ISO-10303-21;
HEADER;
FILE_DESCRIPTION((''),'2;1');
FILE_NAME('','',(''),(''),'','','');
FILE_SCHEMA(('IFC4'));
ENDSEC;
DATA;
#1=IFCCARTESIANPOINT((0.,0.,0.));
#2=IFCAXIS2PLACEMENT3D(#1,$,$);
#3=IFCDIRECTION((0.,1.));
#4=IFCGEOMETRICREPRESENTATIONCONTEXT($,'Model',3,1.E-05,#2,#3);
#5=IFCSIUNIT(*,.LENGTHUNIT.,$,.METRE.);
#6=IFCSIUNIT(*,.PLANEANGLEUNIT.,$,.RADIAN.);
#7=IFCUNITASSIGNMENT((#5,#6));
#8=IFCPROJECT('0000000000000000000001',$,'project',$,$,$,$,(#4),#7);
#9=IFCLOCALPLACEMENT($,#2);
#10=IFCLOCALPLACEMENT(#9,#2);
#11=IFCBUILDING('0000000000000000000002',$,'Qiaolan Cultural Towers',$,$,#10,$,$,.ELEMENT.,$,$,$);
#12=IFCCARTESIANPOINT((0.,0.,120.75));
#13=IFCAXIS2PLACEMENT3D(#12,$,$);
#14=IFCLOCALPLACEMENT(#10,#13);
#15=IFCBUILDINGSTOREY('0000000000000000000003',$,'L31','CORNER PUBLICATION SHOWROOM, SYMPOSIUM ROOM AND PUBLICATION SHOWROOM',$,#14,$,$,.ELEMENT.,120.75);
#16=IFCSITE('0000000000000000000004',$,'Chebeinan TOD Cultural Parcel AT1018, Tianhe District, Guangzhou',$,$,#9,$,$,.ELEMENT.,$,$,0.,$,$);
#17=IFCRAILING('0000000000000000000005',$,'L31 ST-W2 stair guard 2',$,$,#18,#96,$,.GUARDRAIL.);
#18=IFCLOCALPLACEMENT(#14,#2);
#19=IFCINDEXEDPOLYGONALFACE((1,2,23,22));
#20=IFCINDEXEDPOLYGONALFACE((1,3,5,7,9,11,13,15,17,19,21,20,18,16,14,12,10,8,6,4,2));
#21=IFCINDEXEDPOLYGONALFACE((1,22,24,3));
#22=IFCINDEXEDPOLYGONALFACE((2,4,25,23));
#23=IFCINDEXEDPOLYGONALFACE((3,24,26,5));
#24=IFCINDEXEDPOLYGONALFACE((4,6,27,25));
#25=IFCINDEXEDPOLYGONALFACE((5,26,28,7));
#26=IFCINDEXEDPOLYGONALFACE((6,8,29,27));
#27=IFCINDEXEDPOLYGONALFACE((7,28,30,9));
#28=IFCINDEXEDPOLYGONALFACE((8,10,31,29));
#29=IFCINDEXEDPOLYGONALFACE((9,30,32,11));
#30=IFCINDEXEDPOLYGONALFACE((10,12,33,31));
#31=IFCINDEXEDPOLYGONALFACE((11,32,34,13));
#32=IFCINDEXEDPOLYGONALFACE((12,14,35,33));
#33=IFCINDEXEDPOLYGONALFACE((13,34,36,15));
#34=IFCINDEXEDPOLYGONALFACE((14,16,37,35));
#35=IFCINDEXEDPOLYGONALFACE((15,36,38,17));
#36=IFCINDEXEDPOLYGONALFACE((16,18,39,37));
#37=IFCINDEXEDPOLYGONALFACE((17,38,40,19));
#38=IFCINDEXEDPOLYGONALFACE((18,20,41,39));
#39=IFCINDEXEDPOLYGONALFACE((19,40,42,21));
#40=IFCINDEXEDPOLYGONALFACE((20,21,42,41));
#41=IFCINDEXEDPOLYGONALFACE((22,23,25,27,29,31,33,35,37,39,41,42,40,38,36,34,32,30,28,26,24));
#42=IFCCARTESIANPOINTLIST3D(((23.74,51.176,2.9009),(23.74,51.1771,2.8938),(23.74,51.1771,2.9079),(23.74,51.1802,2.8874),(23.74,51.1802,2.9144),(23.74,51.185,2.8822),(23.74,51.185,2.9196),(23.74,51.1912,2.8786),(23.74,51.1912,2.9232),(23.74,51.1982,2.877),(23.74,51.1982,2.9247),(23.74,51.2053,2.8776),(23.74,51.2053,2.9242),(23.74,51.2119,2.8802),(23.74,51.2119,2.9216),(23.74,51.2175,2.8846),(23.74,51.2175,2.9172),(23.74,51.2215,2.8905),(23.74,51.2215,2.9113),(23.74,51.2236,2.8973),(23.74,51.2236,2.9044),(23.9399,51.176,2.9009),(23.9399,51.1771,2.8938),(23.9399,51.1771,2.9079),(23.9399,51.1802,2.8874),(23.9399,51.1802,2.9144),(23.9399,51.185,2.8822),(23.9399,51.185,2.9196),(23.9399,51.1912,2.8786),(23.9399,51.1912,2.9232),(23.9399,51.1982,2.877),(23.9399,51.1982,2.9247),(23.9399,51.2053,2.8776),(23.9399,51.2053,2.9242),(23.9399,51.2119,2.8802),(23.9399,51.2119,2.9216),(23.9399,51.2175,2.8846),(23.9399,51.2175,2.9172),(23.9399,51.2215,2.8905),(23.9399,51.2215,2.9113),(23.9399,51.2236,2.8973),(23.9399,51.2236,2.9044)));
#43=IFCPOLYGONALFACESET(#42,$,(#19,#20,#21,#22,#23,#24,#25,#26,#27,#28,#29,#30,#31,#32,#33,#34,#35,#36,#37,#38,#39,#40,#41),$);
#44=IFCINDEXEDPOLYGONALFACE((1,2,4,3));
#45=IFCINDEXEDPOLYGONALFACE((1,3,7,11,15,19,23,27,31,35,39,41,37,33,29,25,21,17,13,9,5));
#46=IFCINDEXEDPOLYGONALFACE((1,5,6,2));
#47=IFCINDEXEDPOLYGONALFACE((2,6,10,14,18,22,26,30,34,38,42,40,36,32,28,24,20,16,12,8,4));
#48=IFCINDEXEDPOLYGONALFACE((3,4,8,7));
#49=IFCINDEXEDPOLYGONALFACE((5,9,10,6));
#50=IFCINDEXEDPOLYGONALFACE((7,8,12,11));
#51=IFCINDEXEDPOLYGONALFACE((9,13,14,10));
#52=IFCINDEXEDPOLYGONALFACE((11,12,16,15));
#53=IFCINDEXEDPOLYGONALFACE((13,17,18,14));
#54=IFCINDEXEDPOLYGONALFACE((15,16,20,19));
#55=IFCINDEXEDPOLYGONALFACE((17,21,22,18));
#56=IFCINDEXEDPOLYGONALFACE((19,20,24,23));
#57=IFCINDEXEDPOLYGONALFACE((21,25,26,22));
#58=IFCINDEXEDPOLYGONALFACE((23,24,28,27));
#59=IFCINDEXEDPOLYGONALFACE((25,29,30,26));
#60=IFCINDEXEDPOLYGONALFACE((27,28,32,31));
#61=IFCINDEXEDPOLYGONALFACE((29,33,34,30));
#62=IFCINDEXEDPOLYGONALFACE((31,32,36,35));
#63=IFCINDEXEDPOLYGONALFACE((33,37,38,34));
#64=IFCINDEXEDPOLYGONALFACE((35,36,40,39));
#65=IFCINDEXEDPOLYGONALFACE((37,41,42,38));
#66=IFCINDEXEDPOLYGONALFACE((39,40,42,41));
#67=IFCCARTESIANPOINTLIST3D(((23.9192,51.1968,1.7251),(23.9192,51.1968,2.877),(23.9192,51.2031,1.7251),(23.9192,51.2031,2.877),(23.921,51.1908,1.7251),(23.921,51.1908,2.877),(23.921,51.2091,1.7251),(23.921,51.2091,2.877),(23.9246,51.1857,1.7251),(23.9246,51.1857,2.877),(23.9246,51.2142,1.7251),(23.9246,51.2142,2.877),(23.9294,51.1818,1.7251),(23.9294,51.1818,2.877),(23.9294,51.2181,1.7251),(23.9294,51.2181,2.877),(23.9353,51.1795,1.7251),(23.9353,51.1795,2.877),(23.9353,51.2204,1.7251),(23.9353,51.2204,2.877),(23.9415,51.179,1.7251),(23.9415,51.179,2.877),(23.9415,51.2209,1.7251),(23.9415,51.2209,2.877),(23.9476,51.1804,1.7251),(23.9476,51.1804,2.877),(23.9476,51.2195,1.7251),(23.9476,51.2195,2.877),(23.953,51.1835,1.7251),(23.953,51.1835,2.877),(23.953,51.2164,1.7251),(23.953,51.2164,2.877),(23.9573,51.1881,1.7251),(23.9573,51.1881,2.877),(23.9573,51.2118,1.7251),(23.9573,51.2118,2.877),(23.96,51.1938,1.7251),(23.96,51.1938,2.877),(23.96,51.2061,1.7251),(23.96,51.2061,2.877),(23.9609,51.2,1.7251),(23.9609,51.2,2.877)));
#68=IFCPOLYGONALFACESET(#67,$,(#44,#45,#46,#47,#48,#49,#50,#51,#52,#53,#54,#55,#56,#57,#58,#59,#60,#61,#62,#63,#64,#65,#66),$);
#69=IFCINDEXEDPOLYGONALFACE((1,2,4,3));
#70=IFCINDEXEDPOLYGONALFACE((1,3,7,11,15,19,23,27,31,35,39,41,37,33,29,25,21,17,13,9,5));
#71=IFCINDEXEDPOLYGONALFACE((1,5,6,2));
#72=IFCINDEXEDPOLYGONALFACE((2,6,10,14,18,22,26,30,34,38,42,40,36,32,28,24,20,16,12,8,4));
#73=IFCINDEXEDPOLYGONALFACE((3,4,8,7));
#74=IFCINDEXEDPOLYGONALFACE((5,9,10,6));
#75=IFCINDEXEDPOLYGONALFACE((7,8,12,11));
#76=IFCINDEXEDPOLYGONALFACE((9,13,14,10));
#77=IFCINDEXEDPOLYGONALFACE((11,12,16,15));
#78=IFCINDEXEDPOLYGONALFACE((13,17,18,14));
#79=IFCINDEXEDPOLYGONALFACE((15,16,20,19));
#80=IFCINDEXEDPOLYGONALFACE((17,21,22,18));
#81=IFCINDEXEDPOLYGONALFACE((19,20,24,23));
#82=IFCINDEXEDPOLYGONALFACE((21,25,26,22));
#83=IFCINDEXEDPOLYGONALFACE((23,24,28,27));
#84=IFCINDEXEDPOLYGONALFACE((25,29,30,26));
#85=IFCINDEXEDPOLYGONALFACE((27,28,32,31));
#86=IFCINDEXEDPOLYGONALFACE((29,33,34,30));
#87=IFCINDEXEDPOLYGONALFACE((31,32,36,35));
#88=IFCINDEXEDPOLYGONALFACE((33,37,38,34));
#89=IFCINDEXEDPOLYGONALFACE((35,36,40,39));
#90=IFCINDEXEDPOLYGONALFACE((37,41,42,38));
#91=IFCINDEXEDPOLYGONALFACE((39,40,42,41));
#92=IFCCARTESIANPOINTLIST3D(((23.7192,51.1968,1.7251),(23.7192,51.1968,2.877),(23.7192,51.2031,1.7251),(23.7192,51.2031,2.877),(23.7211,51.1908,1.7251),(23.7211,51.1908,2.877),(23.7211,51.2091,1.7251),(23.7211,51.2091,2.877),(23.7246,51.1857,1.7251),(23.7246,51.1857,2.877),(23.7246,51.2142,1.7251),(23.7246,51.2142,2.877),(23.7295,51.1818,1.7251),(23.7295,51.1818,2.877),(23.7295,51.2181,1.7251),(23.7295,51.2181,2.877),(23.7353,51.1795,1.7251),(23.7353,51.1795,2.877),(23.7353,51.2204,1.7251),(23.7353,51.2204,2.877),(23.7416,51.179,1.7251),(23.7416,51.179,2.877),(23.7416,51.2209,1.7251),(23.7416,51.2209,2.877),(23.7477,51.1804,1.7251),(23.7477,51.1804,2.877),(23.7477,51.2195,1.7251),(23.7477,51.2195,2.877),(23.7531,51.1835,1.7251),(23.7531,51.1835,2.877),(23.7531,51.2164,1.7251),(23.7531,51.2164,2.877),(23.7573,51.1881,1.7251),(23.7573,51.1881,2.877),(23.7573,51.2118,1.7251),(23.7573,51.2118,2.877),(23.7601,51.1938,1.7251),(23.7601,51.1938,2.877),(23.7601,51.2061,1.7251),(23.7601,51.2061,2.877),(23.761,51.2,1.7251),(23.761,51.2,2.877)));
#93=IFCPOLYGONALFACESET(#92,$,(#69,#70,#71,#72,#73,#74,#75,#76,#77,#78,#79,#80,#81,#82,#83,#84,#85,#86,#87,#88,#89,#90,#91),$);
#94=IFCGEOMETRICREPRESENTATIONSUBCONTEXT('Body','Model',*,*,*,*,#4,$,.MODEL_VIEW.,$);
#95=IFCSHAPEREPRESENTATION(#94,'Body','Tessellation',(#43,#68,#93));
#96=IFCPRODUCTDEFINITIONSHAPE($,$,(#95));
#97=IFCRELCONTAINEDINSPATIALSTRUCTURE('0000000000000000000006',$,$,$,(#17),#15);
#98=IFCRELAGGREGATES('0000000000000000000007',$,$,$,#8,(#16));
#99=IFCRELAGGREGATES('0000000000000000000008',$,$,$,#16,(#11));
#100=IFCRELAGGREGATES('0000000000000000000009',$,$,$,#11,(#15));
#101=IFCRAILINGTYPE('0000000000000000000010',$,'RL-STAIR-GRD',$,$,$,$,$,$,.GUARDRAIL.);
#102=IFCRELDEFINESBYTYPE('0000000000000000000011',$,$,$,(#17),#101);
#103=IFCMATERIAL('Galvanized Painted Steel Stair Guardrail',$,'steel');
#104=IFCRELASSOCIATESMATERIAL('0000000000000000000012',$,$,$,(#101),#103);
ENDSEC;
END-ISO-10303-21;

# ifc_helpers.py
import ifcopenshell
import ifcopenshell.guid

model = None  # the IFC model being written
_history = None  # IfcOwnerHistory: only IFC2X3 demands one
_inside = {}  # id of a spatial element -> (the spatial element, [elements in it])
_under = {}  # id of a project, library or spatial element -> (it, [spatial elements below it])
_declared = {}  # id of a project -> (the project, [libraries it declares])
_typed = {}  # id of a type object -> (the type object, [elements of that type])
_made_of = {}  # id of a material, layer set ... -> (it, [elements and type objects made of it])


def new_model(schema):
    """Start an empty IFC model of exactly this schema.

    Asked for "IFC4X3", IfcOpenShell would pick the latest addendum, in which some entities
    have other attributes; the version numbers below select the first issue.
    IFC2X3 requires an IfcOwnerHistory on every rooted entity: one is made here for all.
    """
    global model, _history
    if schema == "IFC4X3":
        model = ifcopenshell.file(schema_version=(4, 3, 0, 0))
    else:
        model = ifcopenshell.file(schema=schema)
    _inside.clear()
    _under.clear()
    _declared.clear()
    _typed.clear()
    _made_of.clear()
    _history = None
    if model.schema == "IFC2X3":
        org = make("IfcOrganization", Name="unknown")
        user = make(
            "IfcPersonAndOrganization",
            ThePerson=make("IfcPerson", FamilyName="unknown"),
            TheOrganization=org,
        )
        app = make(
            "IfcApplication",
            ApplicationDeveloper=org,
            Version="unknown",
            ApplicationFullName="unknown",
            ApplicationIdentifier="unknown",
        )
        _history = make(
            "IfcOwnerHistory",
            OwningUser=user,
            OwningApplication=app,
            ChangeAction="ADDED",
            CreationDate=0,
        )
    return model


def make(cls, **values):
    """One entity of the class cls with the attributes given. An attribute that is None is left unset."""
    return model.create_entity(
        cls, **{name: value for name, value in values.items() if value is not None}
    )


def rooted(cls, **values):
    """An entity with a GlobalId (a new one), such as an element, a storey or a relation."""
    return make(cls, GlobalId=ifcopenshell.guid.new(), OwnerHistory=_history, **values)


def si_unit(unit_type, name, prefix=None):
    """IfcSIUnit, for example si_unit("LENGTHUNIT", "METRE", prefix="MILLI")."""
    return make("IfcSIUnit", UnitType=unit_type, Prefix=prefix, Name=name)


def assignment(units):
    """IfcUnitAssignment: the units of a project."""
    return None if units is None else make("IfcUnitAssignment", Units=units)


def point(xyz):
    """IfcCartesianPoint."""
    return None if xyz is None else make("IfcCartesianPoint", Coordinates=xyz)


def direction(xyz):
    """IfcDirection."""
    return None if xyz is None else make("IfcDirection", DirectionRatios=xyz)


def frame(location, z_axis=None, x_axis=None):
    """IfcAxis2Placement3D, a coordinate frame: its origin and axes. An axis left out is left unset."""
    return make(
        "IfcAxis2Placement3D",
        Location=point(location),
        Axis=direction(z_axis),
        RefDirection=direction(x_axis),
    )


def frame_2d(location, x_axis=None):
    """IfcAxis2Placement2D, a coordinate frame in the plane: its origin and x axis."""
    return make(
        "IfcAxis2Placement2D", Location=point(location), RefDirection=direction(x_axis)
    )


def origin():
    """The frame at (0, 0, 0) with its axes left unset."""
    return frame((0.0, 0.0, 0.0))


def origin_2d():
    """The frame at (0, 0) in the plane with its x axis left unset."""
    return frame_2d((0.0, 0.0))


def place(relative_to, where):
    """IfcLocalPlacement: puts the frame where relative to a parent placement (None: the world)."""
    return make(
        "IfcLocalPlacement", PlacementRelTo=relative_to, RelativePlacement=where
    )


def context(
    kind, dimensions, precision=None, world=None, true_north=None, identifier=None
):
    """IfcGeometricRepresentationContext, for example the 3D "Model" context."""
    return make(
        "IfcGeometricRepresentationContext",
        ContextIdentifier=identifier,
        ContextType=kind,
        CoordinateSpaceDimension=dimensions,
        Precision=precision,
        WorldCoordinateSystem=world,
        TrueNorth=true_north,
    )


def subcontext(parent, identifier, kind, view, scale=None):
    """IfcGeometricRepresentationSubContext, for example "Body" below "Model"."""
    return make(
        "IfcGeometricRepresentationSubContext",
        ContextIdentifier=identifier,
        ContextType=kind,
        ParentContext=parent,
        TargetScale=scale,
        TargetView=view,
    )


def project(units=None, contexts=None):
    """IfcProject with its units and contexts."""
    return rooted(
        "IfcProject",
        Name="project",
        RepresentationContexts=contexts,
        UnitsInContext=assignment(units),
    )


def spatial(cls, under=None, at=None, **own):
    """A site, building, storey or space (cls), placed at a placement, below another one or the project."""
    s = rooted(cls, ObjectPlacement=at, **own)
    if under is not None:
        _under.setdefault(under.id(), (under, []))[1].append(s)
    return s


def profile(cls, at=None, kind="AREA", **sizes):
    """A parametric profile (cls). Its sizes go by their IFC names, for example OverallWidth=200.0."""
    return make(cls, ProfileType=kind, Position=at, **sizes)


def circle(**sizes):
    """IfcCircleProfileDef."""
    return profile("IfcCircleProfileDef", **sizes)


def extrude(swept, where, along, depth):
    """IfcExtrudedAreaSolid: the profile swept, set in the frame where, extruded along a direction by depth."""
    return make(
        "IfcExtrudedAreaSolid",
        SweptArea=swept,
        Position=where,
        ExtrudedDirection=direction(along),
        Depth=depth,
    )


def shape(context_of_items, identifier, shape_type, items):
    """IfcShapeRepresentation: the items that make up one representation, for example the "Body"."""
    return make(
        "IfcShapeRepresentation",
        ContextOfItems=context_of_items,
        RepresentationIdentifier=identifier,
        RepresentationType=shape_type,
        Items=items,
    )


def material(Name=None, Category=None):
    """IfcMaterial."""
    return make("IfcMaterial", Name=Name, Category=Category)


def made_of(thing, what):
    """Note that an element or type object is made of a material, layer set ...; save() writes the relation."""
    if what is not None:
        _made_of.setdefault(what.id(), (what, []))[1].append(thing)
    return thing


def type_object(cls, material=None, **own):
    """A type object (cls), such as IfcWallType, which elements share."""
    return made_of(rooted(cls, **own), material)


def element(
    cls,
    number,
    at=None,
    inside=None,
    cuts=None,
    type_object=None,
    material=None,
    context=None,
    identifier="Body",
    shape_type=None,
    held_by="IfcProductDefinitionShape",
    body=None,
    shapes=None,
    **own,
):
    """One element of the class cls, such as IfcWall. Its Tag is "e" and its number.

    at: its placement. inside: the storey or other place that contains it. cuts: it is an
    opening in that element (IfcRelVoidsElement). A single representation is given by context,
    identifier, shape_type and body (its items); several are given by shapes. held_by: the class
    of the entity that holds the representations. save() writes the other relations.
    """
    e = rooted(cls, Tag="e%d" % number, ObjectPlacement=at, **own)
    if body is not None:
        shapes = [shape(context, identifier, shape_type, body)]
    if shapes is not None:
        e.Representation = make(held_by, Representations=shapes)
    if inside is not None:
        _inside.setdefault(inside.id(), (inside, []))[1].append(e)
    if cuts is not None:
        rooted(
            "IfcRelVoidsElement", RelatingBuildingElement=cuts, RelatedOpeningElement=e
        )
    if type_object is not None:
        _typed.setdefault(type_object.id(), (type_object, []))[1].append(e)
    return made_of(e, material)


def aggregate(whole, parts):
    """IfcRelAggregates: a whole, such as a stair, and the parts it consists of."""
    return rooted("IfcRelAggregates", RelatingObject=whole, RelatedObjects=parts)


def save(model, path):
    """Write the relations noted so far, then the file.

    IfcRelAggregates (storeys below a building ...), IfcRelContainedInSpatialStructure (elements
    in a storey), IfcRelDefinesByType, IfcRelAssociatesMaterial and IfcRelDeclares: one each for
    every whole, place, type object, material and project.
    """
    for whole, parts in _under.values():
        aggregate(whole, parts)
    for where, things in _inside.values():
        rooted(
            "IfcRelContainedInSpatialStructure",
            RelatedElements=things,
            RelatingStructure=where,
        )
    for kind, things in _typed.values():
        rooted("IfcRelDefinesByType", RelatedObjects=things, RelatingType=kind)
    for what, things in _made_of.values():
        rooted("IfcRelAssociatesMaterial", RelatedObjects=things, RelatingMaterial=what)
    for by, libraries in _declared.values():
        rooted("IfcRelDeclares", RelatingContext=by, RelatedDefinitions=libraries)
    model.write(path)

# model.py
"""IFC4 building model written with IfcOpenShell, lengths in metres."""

from ifc_helpers import new_model, si_unit, direction, frame, origin, origin_2d, place, context, subcontext, project, spatial, circle, extrude, material, type_object, element, save


model = new_model("IFC4")

# Units and contexts
model_context = context("Model", 3, precision=1e-05, world=origin(), true_north=direction((0.0, 1.0)))
body_context = subcontext(model_context, "Body", "Model", "MODEL_VIEW")
ifc_project = project(units=[si_unit("LENGTHUNIT", "METRE"), si_unit("PLANEANGLEUNIT", "RADIAN")], contexts=[model_context])

# Site, building, storey
site_placement = place(None, origin())
site = spatial("IfcSite", under=ifc_project, at=site_placement, Name="Chebeinan TOD Cultural Parcel AT1018, Tianhe District, Guangzhou", CompositionType="ELEMENT", RefElevation=0.0)
building_placement = place(site_placement, origin())
building = spatial("IfcBuilding", under=site, at=building_placement, Name="Qiaolan Cultural Towers", CompositionType="ELEMENT")
storey_placement = place(building_placement, frame((0.0, 0.0, 120.75)))
storey = spatial("IfcBuildingStorey", under=building, at=storey_placement, Name="L31", Description="CORNER PUBLICATION SHOWROOM, SYMPOSIUM ROOM AND PUBLICATION SHOWROOM", CompositionType="ELEMENT", Elevation=120.75)

# Railing
ifc_material_1 = material(Name="Galvanized Painted Steel Stair Guardrail", Category="steel")
railing_type_1 = type_object("IfcRailingType", Name="RL-STAIR-GRD", PredefinedType="GUARDRAIL", material=ifc_material_1)
railing_1_placement = place(storey_placement, frame((23.9399, 51.2, 1.7251)))
element("IfcRailing", 1, at=railing_1_placement, inside=storey, type_object=railing_type_1, Name="L31 ST-W2 stair guard 2", PredefinedType="GUARDRAIL", context=body_context, shape_type="SweptSolid", body=[
    extrude(circle(Radius=0.0239, at=origin_2d()), frame((0.0, 0.0, 1.1758), z_axis=(-1.0, 0.0, 0.0), x_axis=(0.0, -1.0, 0.0)), (0.0, 0.0, 1.0), 0.2),
    extrude(circle(Radius=0.021, at=origin_2d()), origin(), (0.0, 0.0, 1.0), 1.1519),
    extrude(circle(Radius=0.021, at=origin_2d()), frame((-0.2, 0.0, 0.0)), (0.0, 0.0, 1.0), 1.1519),
])

save(model, "model.ifc")
